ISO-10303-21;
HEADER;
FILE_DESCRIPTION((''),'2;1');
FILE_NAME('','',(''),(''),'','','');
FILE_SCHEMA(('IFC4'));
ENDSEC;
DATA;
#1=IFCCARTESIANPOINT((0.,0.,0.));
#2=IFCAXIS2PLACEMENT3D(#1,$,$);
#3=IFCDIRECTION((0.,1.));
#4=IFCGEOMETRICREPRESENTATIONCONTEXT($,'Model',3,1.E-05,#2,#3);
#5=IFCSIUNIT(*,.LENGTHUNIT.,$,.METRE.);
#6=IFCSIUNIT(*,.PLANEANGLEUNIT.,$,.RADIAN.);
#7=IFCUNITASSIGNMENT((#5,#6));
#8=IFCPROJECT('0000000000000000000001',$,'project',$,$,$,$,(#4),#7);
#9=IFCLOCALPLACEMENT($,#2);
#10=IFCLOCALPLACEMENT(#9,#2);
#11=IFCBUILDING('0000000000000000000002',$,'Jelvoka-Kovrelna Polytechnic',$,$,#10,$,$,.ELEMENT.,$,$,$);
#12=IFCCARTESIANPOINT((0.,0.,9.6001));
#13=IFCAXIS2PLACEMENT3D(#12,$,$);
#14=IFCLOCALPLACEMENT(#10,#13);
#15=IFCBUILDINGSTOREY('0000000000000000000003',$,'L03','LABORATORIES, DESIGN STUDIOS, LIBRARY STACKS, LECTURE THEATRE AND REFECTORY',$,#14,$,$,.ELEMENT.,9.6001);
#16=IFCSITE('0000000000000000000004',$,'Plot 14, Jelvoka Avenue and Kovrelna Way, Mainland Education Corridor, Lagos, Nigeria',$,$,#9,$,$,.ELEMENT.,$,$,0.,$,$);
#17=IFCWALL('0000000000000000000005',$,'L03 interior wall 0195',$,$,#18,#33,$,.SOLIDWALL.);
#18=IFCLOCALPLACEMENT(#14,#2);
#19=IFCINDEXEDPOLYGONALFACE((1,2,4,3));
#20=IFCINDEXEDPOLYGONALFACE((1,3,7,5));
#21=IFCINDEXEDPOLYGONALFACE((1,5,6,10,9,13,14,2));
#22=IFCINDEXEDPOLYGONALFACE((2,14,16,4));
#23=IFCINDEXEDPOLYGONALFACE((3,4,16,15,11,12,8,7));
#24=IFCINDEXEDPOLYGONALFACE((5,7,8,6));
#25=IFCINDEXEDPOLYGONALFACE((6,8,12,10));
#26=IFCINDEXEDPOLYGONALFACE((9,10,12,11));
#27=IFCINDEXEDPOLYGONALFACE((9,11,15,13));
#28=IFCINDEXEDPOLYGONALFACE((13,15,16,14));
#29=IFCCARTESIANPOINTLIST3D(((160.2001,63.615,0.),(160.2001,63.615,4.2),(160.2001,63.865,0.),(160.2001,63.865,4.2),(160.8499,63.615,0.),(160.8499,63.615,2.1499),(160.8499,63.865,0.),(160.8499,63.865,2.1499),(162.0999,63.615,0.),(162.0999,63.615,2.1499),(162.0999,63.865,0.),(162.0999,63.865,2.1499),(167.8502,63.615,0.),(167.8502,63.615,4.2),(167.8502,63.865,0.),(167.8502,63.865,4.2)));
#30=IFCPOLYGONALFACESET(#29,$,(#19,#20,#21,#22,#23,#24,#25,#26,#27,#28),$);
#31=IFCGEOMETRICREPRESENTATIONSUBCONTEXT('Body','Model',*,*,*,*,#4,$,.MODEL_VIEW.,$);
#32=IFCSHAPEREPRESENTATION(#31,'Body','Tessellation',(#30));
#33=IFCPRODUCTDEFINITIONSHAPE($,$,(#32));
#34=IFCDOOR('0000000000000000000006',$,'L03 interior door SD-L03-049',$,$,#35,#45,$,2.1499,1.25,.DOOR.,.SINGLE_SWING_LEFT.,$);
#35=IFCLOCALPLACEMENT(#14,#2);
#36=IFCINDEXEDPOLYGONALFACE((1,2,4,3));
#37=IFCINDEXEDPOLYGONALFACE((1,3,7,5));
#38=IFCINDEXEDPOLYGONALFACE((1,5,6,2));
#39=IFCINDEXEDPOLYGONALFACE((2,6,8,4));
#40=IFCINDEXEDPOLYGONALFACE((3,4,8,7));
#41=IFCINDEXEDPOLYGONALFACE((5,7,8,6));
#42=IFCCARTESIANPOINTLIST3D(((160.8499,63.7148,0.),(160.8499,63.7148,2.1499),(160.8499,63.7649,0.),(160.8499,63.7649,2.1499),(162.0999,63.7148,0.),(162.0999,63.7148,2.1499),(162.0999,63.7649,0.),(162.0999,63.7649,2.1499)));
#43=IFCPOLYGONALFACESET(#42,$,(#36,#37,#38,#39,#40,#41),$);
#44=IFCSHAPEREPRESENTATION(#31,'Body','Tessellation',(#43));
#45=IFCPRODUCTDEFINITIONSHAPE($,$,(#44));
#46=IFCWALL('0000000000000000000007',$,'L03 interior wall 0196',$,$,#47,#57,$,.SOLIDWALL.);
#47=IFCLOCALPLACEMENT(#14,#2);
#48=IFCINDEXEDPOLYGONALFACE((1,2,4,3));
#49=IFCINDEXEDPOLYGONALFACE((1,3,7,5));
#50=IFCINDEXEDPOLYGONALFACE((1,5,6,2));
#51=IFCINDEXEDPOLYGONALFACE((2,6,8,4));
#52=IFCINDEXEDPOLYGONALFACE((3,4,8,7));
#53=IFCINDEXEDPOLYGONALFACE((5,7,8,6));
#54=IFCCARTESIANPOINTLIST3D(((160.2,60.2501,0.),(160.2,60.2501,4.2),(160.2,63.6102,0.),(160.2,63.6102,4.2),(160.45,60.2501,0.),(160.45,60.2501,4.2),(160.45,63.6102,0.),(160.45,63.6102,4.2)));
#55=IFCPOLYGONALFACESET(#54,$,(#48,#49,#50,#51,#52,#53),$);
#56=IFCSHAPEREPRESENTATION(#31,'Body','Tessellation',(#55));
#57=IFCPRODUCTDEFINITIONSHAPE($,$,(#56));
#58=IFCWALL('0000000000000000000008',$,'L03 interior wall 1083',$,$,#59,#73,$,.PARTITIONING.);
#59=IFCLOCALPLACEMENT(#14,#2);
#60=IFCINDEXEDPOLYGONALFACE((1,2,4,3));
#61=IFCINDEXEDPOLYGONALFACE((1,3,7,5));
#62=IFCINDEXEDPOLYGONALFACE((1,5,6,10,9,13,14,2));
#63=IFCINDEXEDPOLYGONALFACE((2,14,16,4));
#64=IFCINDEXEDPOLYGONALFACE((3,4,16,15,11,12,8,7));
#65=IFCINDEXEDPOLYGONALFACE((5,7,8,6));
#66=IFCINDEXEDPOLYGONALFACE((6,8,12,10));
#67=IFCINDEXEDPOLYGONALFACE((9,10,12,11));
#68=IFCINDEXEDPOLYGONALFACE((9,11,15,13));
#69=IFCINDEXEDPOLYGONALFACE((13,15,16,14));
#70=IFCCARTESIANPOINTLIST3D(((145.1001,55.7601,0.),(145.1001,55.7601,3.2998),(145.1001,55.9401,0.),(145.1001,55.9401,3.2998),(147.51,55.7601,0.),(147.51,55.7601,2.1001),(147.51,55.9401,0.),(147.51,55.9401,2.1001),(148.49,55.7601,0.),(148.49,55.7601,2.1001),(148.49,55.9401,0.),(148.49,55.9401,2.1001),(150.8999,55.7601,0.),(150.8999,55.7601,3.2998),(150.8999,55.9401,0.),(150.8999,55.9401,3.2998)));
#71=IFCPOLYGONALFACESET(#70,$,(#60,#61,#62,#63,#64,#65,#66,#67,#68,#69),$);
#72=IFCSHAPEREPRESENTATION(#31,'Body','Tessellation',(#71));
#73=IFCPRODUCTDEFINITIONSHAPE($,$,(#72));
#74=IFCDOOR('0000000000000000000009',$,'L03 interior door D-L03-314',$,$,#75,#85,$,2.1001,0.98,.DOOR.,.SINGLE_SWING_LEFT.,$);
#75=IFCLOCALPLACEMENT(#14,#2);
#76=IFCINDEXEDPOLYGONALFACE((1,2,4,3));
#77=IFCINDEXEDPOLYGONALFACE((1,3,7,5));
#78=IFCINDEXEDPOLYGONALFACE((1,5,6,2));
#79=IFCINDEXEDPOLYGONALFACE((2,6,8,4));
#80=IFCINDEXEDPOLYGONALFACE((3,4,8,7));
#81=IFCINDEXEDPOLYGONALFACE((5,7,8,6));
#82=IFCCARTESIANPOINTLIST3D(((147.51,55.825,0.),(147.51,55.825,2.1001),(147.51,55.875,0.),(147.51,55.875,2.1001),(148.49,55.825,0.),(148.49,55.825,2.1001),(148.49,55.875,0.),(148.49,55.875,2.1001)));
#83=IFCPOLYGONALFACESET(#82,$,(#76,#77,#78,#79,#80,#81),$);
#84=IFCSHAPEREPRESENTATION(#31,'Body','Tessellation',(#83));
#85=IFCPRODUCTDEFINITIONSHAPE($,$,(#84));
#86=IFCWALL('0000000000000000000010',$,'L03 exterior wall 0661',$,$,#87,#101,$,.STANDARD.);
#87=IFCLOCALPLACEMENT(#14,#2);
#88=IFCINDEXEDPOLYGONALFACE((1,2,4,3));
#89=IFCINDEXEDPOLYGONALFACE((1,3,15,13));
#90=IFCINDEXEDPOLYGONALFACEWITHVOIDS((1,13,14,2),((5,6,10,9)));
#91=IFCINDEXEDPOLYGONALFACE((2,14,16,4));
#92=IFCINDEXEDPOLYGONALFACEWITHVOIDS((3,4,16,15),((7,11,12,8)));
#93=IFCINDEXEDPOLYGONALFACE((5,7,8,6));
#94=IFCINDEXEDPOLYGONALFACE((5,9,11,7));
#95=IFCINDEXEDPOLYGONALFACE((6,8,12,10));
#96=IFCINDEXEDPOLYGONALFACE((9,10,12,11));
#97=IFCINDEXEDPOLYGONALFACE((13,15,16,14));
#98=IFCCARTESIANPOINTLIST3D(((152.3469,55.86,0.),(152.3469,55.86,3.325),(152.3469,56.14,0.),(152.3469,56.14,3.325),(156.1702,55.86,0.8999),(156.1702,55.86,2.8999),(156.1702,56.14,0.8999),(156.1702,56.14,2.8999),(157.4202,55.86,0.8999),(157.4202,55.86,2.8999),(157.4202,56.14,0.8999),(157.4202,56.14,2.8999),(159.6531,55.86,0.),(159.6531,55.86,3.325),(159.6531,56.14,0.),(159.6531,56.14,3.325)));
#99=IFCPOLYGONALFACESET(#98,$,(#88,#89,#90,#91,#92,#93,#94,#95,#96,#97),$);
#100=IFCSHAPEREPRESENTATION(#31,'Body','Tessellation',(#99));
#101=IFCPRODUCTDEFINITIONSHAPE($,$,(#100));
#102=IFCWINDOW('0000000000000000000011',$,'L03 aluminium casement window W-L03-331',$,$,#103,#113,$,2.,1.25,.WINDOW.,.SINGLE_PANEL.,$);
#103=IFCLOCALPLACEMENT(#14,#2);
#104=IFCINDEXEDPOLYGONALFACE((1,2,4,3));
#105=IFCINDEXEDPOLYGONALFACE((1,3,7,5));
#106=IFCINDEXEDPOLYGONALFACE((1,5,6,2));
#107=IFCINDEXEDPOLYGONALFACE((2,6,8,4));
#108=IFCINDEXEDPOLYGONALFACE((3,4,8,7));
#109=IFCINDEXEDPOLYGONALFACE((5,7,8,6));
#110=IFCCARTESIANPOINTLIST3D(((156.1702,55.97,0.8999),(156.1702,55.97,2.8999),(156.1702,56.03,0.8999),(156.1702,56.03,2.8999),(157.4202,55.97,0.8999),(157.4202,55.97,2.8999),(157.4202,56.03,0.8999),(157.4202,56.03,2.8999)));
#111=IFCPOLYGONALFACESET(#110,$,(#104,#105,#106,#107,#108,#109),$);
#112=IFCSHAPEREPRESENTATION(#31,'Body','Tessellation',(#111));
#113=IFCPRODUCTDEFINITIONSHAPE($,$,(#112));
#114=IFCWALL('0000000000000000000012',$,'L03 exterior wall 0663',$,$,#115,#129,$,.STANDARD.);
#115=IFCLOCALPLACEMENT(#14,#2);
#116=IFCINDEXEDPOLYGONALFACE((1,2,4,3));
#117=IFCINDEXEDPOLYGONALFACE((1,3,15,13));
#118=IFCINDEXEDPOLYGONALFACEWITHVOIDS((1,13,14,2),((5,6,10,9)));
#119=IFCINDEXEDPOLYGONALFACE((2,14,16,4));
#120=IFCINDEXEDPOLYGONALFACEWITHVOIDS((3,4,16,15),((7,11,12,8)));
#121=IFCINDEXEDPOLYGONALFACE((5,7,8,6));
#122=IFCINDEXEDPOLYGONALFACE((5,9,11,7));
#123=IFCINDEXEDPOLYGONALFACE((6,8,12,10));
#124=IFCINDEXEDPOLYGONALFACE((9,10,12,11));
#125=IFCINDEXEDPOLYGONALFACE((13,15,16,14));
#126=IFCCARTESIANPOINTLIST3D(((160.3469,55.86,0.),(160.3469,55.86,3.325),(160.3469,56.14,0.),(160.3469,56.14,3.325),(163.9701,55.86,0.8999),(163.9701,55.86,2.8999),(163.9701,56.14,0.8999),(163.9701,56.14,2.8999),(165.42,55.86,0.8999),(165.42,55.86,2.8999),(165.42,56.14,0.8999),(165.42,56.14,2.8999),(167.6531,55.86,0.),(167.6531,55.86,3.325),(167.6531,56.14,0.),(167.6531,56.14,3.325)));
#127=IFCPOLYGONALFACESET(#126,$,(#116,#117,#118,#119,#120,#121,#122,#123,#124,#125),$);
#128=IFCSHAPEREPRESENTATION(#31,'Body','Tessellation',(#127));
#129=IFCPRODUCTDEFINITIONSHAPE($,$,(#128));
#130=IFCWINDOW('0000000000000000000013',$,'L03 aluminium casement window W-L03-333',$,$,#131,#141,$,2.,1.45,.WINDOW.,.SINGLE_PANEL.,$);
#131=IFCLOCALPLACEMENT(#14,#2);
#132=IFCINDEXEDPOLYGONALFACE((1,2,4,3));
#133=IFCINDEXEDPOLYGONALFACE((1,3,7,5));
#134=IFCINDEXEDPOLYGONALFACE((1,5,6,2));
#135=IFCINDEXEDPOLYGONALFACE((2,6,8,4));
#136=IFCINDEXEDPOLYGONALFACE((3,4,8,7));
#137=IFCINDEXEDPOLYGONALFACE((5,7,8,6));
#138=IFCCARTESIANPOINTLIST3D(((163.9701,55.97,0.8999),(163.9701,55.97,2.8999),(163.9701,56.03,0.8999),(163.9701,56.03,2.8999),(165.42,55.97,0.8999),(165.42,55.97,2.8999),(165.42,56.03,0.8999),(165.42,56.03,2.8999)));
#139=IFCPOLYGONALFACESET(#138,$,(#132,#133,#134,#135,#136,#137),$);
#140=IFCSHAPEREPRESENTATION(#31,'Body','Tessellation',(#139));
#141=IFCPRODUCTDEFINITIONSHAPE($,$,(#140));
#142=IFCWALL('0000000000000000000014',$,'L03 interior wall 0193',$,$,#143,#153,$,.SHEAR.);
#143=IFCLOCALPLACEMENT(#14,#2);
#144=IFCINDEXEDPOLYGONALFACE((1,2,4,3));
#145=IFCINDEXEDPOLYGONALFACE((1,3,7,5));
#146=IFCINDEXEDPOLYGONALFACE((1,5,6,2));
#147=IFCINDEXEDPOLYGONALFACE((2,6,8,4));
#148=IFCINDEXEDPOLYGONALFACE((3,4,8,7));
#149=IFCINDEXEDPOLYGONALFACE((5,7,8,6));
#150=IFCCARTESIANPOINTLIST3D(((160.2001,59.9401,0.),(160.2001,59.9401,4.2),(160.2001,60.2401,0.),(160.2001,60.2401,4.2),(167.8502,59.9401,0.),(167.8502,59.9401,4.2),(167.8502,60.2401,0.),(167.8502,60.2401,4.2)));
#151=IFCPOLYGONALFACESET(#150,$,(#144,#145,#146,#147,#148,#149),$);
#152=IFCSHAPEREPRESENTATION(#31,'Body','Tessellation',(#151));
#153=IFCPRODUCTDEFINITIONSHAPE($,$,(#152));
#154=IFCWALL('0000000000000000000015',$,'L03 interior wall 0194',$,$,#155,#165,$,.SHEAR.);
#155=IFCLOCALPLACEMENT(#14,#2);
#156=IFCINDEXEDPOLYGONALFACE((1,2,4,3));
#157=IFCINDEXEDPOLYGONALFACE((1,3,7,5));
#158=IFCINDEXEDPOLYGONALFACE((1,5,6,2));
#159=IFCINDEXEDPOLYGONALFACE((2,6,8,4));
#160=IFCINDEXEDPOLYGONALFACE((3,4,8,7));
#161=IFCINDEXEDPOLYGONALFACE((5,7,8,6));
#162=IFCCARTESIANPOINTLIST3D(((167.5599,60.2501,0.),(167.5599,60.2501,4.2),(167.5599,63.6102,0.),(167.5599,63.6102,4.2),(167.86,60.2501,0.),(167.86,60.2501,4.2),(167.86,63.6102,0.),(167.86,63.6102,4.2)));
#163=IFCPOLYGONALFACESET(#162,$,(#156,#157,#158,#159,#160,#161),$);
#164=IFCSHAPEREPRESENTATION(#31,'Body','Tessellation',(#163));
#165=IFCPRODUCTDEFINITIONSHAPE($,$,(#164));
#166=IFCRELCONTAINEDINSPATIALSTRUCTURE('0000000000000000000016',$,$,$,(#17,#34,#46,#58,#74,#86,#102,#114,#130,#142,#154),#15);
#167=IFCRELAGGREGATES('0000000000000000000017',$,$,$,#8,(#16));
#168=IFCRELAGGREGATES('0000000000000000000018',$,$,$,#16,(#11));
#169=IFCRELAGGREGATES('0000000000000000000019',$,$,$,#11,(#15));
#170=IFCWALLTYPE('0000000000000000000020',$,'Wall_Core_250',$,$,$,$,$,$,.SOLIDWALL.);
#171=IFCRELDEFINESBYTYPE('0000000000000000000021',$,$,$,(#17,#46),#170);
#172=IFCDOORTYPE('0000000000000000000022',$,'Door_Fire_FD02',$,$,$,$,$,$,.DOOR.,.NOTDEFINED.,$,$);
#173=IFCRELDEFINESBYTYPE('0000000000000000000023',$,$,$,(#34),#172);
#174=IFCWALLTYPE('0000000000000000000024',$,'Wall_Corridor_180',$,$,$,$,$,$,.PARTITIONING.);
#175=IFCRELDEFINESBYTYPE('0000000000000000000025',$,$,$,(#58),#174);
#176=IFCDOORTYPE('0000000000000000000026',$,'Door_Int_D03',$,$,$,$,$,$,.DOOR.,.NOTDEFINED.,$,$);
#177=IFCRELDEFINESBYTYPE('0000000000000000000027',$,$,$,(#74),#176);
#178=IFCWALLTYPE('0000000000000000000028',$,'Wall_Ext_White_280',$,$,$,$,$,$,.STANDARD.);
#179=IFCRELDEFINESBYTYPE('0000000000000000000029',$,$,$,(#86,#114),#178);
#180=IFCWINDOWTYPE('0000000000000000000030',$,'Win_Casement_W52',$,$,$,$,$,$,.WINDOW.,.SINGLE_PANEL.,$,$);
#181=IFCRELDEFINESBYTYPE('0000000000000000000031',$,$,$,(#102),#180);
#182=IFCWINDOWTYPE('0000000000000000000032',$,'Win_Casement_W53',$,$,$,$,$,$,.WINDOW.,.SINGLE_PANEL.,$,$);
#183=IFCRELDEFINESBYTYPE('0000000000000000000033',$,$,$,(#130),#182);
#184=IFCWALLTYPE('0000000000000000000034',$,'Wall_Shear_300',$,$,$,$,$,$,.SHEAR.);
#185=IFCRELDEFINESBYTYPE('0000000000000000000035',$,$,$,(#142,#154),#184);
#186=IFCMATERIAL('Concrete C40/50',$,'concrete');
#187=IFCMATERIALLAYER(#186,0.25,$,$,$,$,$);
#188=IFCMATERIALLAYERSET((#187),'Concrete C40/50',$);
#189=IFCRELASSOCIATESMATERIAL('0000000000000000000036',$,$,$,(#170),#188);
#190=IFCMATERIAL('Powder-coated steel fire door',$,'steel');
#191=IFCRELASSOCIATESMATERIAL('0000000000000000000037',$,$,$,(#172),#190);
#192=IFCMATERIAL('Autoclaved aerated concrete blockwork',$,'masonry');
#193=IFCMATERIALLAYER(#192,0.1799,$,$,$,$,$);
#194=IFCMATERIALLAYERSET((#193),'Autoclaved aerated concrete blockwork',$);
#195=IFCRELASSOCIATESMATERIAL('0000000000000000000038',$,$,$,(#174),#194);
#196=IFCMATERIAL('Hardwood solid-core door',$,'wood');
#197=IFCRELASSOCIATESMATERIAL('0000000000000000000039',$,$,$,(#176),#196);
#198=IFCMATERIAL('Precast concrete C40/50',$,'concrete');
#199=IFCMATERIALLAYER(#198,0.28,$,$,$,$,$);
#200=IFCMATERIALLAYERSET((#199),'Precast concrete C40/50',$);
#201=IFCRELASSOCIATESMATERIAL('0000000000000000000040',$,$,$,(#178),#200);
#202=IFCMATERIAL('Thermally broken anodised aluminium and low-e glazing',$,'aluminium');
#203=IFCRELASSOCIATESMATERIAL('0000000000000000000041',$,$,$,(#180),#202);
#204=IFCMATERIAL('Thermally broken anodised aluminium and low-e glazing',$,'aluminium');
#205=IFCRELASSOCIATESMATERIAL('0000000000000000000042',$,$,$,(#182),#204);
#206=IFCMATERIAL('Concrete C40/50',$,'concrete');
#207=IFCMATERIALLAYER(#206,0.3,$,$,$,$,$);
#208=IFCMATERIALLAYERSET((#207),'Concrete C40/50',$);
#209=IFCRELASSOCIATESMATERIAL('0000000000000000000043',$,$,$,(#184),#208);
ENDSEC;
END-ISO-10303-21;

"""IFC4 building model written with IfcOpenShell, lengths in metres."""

from ifc_helpers import new_model, si_unit, direction, frame, frame_2d, origin, place, context, subcontext, project, spatial, rectangle, extrude, material, layer, layer_set, type_object, element, fill, save


model = new_model("IFC4")

# Units and contexts
model_context = context("Model", 3, precision=1e-05, world=origin(), true_north=direction((0.0, 1.0)))
body_context = subcontext(model_context, "Body", "Model", "MODEL_VIEW")
ifc_project = project(units=[si_unit("LENGTHUNIT", "METRE"), si_unit("PLANEANGLEUNIT", "RADIAN")], contexts=[model_context])

# Site, building, storey
site_placement = place(None, origin())
site = spatial("IfcSite", under=ifc_project, at=site_placement, Name="Plot 14, Jelvoka Avenue and Kovrelna Way, Mainland Education Corridor, Lagos, Nigeria", CompositionType="ELEMENT", RefElevation=0.0)
building_placement = place(site_placement, origin())
building = spatial("IfcBuilding", under=site, at=building_placement, Name="Jelvoka-Kovrelna Polytechnic", CompositionType="ELEMENT")
storey_placement = place(building_placement, frame((0.0, 0.0, 9.6001)))
storey = spatial("IfcBuildingStorey", under=building, at=storey_placement, Name="L03", Description="LABORATORIES, DESIGN STUDIOS, LIBRARY STACKS, LECTURE THEATRE AND REFECTORY", CompositionType="ELEMENT", Elevation=9.6001)

# Wall, opening, door
ifc_material_1 = material(Name="Concrete C40/50", Category="concrete")
ifc_layer_1 = layer(ifc_material_1, 0.25)
ifc_layer_set_1 = layer_set([ifc_layer_1], Name="Concrete C40/50")
wall_type_1 = type_object("IfcWallType", Name="Wall_Core_250", PredefinedType="SOLIDWALL", material=ifc_layer_set_1)
wall_1_placement = place(storey_placement, frame((160.2, 63.74, 0.0), z_axis=(0.0, 0.0, 1.0), x_axis=(1.0, 0.0, 0.0)))
wall_1 = element("IfcWall", 1, at=wall_1_placement, inside=storey, type_object=wall_type_1, Name="L03 interior wall 0195", PredefinedType="SOLIDWALL", context=body_context, shape_type="SweptSolid", body=[
    extrude(rectangle(XDim=7.6501, YDim=0.25, at=frame_2d((3.8252, 0.0))), origin(), (0.0, 0.0, 1.0), 4.2),
])
opening_1_placement = place(wall_1_placement, frame((0.6499, 0.0, 0.0)))
opening_1 = element("IfcOpeningElement", 2, at=opening_1_placement, cuts=wall_1, PredefinedType="OPENING", context=body_context, shape_type="SweptSolid", body=[
    extrude(rectangle(XDim=1.25, YDim=2.1499, at=frame_2d((0.625, 1.075))), frame((0.0, 0.135, 0.0), z_axis=(0.0, -1.0, 0.0), x_axis=(1.0, 0.0, 0.0)), (0.0, 0.0, 1.0), 0.27),
])
ifc_material_2 = material(Name="Powder-coated steel fire door", Category="steel")
door_type_1 = type_object("IfcDoorType", Name="Door_Fire_FD02", OperationType="NOTDEFINED", PredefinedType="DOOR", material=ifc_material_2)
door_1_placement = place(opening_1_placement, origin())
door_1 = element("IfcDoor", 3, at=door_1_placement, inside=storey, type_object=door_type_1, Name="L03 interior door SD-L03-049", OperationType="SINGLE_SWING_LEFT", OverallHeight=2.1499, OverallWidth=1.25, PredefinedType="DOOR", context=body_context, shape_type="SweptSolid", body=[
    extrude(rectangle(XDim=1.25, YDim=2.1499, at=frame_2d((0.625, 1.075))), frame((0.0, 0.0249, 0.0), z_axis=(0.0, -1.0, 0.0), x_axis=(1.0, 0.0, 0.0)), (0.0, 0.0, 1.0), 0.05),
])
fill(opening_1, door_1)

# Wall
wall_2_placement = place(storey_placement, frame((160.325, 60.25, 0.0), z_axis=(0.0, 0.0, 1.0), x_axis=(0.0, 1.0, 0.0)))
element("IfcWall", 4, at=wall_2_placement, inside=storey, type_object=wall_type_1, Name="L03 interior wall 0196", PredefinedType="SOLIDWALL", context=body_context, shape_type="SweptSolid", body=[
    extrude(rectangle(XDim=3.3601, YDim=0.25, at=frame_2d((1.6802, 0.0))), origin(), (0.0, 0.0, 1.0), 4.2),
])

# Wall, opening, door
ifc_material_3 = material(Name="Autoclaved aerated concrete blockwork", Category="masonry")
ifc_layer_2 = layer(ifc_material_3, 0.1799)
ifc_layer_set_2 = layer_set([ifc_layer_2], Name="Autoclaved aerated concrete blockwork")
wall_type_2 = type_object("IfcWallType", Name="Wall_Corridor_180", PredefinedType="PARTITIONING", material=ifc_layer_set_2)
wall_3_placement = place(storey_placement, frame((145.1001, 55.8501, 0.0), z_axis=(0.0, 0.0, 1.0), x_axis=(1.0, 0.0, 0.0)))
wall_3 = element("IfcWall", 5, at=wall_3_placement, inside=storey, type_object=wall_type_2, Name="L03 interior wall 1083", PredefinedType="PARTITIONING", context=body_context, shape_type="SweptSolid", body=[
    extrude(rectangle(XDim=5.7998, YDim=0.1799, at=frame_2d((2.8999, 0.0))), origin(), (0.0, 0.0, 1.0), 3.2998),
])
opening_2_placement = place(wall_3_placement, frame((2.4099, 0.0, 0.0)))
opening_2 = element("IfcOpeningElement", 6, at=opening_2_placement, cuts=wall_3, PredefinedType="OPENING", context=body_context, shape_type="SweptSolid", body=[
    extrude(rectangle(XDim=0.98, YDim=2.1001, at=frame_2d((0.49, 1.05))), frame((0.0, 0.0999, 0.0), z_axis=(0.0, -1.0, 0.0), x_axis=(1.0, 0.0, 0.0)), (0.0, 0.0, 1.0), 0.2),
])
ifc_material_4 = material(Name="Hardwood solid-core door", Category="wood")
door_type_2 = type_object("IfcDoorType", Name="Door_Int_D03", OperationType="NOTDEFINED", PredefinedType="DOOR", material=ifc_material_4)
door_2_placement = place(opening_2_placement, origin())
door_2 = element("IfcDoor", 7, at=door_2_placement, inside=storey, type_object=door_type_2, Name="L03 interior door D-L03-314", OperationType="SINGLE_SWING_LEFT", OverallHeight=2.1001, OverallWidth=0.98, PredefinedType="DOOR", context=body_context, shape_type="SweptSolid", body=[
    extrude(rectangle(XDim=0.98, YDim=2.1001, at=frame_2d((0.49, 1.05))), frame((0.0, 0.0249, 0.0), z_axis=(0.0, -1.0, 0.0), x_axis=(1.0, 0.0, 0.0)), (0.0, 0.0, 1.0), 0.05),
])
fill(opening_2, door_2)

# Walls, openings, windows
ifc_material_5 = material(Name="Precast concrete C40/50", Category="concrete")
ifc_layer_3 = layer(ifc_material_5, 0.28)
ifc_layer_set_3 = layer_set([ifc_layer_3], Name="Precast concrete C40/50")
wall_type_3 = type_object("IfcWallType", Name="Wall_Ext_White_280", PredefinedType="STANDARD", material=ifc_layer_set_3)
wall_4_placement = place(storey_placement, frame((159.6531, 56.0, 0.0), z_axis=(0.0, 0.0, 1.0), x_axis=(-1.0, 0.0, 0.0)))
wall_4 = element("IfcWall", 8, at=wall_4_placement, inside=storey, type_object=wall_type_3, Name="L03 exterior wall 0661", PredefinedType="STANDARD", context=body_context, shape_type="SweptSolid", body=[
    extrude(rectangle(XDim=7.3062, YDim=0.28, at=frame_2d((3.6531, 0.0))), origin(), (0.0, 0.0, 1.0), 3.325),
])
opening_3_placement = place(wall_4_placement, frame((2.2329, 0.0, 0.8999)))
opening_3 = element("IfcOpeningElement", 9, at=opening_3_placement, cuts=wall_4, PredefinedType="OPENING", context=body_context, shape_type="SweptSolid", body=[
    extrude(rectangle(XDim=1.25, YDim=2.0, at=frame_2d((0.625, 1.0))), frame((0.0, 0.1501, 0.0), z_axis=(0.0, -1.0, 0.0), x_axis=(1.0, 0.0, 0.0)), (0.0, 0.0, 1.0), 0.3),
])
ifc_material_6 = material(Name="Thermally broken anodised aluminium and low-e glazing", Category="aluminium")
window_type_1 = type_object("IfcWindowType", Name="Win_Casement_W52", PartitioningType="SINGLE_PANEL", PredefinedType="WINDOW", material=ifc_material_6)
window_1_placement = place(opening_3_placement, origin())
window_1 = element("IfcWindow", 10, at=window_1_placement, inside=storey, type_object=window_type_1, Name="L03 aluminium casement window W-L03-331", OverallHeight=2.0, OverallWidth=1.25, PartitioningType="SINGLE_PANEL", PredefinedType="WINDOW", context=body_context, shape_type="SweptSolid", body=[
    extrude(rectangle(XDim=1.25, YDim=2.0, at=frame_2d((0.625, 1.0))), frame((0.0, 0.03, 0.0), z_axis=(0.0, -1.0, 0.0), x_axis=(1.0, 0.0, 0.0)), (0.0, 0.0, 1.0), 0.0601),
])
fill(opening_3, window_1)
wall_5_placement = place(storey_placement, frame((167.6531, 56.0, 0.0), z_axis=(0.0, 0.0, 1.0), x_axis=(-1.0, 0.0, 0.0)))
wall_5 = element("IfcWall", 11, at=wall_5_placement, inside=storey, type_object=wall_type_3, Name="L03 exterior wall 0663", PredefinedType="STANDARD", context=body_context, shape_type="SweptSolid", body=[
    extrude(rectangle(XDim=7.3062, YDim=0.28, at=frame_2d((3.6531, 0.0))), origin(), (0.0, 0.0, 1.0), 3.325),
])
opening_4_placement = place(wall_5_placement, frame((2.2329, 0.0, 0.8999)))
opening_4 = element("IfcOpeningElement", 12, at=opening_4_placement, cuts=wall_5, PredefinedType="OPENING", context=body_context, shape_type="SweptSolid", body=[
    extrude(rectangle(XDim=1.45, YDim=2.0, at=frame_2d((0.7251, 1.0))), frame((0.0, 0.1501, 0.0), z_axis=(0.0, -1.0, 0.0), x_axis=(1.0, 0.0, 0.0)), (0.0, 0.0, 1.0), 0.3),
])
ifc_material_7 = material(Name="Thermally broken anodised aluminium and low-e glazing", Category="aluminium")
window_type_2 = type_object("IfcWindowType", Name="Win_Casement_W53", PartitioningType="SINGLE_PANEL", PredefinedType="WINDOW", material=ifc_material_7)
window_2_placement = place(opening_4_placement, origin())
window_2 = element("IfcWindow", 13, at=window_2_placement, inside=storey, type_object=window_type_2, Name="L03 aluminium casement window W-L03-333", OverallHeight=2.0, OverallWidth=1.45, PartitioningType="SINGLE_PANEL", PredefinedType="WINDOW", context=body_context, shape_type="SweptSolid", body=[
    extrude(rectangle(XDim=1.45, YDim=2.0, at=frame_2d((0.7251, 1.0))), frame((0.0, 0.03, 0.0), z_axis=(0.0, -1.0, 0.0), x_axis=(1.0, 0.0, 0.0)), (0.0, 0.0, 1.0), 0.0601),
])
fill(opening_4, window_2)

# Walls
ifc_material_8 = material(Name="Concrete C40/50", Category="concrete")
ifc_layer_4 = layer(ifc_material_8, 0.3)
ifc_layer_set_4 = layer_set([ifc_layer_4], Name="Concrete C40/50")
wall_type_4 = type_object("IfcWallType", Name="Wall_Shear_300", PredefinedType="SHEAR", material=ifc_layer_set_4)
wall_6_placement = place(storey_placement, frame((160.2, 60.0901, 0.0), z_axis=(0.0, 0.0, 1.0), x_axis=(1.0, 0.0, 0.0)))
element("IfcWall", 14, at=wall_6_placement, inside=storey, type_object=wall_type_4, Name="L03 interior wall 0193", PredefinedType="SHEAR", context=body_context, shape_type="SweptSolid", body=[
    extrude(rectangle(XDim=7.6501, YDim=0.3, at=frame_2d((3.8252, 0.0))), origin(), (0.0, 0.0, 1.0), 4.2),
])
wall_7_placement = place(storey_placement, frame((167.71, 60.25, 0.0), z_axis=(0.0, 0.0, 1.0), x_axis=(0.0, 1.0, 0.0)))
element("IfcWall", 15, at=wall_7_placement, inside=storey, type_object=wall_type_4, Name="L03 interior wall 0194", PredefinedType="SHEAR", context=body_context, shape_type="SweptSolid", body=[
    extrude(rectangle(XDim=3.3601, YDim=0.3, at=frame_2d((1.6802, 0.0))), origin(), (0.0, 0.0, 1.0), 4.2),
])

save(model, "model.ifc")
